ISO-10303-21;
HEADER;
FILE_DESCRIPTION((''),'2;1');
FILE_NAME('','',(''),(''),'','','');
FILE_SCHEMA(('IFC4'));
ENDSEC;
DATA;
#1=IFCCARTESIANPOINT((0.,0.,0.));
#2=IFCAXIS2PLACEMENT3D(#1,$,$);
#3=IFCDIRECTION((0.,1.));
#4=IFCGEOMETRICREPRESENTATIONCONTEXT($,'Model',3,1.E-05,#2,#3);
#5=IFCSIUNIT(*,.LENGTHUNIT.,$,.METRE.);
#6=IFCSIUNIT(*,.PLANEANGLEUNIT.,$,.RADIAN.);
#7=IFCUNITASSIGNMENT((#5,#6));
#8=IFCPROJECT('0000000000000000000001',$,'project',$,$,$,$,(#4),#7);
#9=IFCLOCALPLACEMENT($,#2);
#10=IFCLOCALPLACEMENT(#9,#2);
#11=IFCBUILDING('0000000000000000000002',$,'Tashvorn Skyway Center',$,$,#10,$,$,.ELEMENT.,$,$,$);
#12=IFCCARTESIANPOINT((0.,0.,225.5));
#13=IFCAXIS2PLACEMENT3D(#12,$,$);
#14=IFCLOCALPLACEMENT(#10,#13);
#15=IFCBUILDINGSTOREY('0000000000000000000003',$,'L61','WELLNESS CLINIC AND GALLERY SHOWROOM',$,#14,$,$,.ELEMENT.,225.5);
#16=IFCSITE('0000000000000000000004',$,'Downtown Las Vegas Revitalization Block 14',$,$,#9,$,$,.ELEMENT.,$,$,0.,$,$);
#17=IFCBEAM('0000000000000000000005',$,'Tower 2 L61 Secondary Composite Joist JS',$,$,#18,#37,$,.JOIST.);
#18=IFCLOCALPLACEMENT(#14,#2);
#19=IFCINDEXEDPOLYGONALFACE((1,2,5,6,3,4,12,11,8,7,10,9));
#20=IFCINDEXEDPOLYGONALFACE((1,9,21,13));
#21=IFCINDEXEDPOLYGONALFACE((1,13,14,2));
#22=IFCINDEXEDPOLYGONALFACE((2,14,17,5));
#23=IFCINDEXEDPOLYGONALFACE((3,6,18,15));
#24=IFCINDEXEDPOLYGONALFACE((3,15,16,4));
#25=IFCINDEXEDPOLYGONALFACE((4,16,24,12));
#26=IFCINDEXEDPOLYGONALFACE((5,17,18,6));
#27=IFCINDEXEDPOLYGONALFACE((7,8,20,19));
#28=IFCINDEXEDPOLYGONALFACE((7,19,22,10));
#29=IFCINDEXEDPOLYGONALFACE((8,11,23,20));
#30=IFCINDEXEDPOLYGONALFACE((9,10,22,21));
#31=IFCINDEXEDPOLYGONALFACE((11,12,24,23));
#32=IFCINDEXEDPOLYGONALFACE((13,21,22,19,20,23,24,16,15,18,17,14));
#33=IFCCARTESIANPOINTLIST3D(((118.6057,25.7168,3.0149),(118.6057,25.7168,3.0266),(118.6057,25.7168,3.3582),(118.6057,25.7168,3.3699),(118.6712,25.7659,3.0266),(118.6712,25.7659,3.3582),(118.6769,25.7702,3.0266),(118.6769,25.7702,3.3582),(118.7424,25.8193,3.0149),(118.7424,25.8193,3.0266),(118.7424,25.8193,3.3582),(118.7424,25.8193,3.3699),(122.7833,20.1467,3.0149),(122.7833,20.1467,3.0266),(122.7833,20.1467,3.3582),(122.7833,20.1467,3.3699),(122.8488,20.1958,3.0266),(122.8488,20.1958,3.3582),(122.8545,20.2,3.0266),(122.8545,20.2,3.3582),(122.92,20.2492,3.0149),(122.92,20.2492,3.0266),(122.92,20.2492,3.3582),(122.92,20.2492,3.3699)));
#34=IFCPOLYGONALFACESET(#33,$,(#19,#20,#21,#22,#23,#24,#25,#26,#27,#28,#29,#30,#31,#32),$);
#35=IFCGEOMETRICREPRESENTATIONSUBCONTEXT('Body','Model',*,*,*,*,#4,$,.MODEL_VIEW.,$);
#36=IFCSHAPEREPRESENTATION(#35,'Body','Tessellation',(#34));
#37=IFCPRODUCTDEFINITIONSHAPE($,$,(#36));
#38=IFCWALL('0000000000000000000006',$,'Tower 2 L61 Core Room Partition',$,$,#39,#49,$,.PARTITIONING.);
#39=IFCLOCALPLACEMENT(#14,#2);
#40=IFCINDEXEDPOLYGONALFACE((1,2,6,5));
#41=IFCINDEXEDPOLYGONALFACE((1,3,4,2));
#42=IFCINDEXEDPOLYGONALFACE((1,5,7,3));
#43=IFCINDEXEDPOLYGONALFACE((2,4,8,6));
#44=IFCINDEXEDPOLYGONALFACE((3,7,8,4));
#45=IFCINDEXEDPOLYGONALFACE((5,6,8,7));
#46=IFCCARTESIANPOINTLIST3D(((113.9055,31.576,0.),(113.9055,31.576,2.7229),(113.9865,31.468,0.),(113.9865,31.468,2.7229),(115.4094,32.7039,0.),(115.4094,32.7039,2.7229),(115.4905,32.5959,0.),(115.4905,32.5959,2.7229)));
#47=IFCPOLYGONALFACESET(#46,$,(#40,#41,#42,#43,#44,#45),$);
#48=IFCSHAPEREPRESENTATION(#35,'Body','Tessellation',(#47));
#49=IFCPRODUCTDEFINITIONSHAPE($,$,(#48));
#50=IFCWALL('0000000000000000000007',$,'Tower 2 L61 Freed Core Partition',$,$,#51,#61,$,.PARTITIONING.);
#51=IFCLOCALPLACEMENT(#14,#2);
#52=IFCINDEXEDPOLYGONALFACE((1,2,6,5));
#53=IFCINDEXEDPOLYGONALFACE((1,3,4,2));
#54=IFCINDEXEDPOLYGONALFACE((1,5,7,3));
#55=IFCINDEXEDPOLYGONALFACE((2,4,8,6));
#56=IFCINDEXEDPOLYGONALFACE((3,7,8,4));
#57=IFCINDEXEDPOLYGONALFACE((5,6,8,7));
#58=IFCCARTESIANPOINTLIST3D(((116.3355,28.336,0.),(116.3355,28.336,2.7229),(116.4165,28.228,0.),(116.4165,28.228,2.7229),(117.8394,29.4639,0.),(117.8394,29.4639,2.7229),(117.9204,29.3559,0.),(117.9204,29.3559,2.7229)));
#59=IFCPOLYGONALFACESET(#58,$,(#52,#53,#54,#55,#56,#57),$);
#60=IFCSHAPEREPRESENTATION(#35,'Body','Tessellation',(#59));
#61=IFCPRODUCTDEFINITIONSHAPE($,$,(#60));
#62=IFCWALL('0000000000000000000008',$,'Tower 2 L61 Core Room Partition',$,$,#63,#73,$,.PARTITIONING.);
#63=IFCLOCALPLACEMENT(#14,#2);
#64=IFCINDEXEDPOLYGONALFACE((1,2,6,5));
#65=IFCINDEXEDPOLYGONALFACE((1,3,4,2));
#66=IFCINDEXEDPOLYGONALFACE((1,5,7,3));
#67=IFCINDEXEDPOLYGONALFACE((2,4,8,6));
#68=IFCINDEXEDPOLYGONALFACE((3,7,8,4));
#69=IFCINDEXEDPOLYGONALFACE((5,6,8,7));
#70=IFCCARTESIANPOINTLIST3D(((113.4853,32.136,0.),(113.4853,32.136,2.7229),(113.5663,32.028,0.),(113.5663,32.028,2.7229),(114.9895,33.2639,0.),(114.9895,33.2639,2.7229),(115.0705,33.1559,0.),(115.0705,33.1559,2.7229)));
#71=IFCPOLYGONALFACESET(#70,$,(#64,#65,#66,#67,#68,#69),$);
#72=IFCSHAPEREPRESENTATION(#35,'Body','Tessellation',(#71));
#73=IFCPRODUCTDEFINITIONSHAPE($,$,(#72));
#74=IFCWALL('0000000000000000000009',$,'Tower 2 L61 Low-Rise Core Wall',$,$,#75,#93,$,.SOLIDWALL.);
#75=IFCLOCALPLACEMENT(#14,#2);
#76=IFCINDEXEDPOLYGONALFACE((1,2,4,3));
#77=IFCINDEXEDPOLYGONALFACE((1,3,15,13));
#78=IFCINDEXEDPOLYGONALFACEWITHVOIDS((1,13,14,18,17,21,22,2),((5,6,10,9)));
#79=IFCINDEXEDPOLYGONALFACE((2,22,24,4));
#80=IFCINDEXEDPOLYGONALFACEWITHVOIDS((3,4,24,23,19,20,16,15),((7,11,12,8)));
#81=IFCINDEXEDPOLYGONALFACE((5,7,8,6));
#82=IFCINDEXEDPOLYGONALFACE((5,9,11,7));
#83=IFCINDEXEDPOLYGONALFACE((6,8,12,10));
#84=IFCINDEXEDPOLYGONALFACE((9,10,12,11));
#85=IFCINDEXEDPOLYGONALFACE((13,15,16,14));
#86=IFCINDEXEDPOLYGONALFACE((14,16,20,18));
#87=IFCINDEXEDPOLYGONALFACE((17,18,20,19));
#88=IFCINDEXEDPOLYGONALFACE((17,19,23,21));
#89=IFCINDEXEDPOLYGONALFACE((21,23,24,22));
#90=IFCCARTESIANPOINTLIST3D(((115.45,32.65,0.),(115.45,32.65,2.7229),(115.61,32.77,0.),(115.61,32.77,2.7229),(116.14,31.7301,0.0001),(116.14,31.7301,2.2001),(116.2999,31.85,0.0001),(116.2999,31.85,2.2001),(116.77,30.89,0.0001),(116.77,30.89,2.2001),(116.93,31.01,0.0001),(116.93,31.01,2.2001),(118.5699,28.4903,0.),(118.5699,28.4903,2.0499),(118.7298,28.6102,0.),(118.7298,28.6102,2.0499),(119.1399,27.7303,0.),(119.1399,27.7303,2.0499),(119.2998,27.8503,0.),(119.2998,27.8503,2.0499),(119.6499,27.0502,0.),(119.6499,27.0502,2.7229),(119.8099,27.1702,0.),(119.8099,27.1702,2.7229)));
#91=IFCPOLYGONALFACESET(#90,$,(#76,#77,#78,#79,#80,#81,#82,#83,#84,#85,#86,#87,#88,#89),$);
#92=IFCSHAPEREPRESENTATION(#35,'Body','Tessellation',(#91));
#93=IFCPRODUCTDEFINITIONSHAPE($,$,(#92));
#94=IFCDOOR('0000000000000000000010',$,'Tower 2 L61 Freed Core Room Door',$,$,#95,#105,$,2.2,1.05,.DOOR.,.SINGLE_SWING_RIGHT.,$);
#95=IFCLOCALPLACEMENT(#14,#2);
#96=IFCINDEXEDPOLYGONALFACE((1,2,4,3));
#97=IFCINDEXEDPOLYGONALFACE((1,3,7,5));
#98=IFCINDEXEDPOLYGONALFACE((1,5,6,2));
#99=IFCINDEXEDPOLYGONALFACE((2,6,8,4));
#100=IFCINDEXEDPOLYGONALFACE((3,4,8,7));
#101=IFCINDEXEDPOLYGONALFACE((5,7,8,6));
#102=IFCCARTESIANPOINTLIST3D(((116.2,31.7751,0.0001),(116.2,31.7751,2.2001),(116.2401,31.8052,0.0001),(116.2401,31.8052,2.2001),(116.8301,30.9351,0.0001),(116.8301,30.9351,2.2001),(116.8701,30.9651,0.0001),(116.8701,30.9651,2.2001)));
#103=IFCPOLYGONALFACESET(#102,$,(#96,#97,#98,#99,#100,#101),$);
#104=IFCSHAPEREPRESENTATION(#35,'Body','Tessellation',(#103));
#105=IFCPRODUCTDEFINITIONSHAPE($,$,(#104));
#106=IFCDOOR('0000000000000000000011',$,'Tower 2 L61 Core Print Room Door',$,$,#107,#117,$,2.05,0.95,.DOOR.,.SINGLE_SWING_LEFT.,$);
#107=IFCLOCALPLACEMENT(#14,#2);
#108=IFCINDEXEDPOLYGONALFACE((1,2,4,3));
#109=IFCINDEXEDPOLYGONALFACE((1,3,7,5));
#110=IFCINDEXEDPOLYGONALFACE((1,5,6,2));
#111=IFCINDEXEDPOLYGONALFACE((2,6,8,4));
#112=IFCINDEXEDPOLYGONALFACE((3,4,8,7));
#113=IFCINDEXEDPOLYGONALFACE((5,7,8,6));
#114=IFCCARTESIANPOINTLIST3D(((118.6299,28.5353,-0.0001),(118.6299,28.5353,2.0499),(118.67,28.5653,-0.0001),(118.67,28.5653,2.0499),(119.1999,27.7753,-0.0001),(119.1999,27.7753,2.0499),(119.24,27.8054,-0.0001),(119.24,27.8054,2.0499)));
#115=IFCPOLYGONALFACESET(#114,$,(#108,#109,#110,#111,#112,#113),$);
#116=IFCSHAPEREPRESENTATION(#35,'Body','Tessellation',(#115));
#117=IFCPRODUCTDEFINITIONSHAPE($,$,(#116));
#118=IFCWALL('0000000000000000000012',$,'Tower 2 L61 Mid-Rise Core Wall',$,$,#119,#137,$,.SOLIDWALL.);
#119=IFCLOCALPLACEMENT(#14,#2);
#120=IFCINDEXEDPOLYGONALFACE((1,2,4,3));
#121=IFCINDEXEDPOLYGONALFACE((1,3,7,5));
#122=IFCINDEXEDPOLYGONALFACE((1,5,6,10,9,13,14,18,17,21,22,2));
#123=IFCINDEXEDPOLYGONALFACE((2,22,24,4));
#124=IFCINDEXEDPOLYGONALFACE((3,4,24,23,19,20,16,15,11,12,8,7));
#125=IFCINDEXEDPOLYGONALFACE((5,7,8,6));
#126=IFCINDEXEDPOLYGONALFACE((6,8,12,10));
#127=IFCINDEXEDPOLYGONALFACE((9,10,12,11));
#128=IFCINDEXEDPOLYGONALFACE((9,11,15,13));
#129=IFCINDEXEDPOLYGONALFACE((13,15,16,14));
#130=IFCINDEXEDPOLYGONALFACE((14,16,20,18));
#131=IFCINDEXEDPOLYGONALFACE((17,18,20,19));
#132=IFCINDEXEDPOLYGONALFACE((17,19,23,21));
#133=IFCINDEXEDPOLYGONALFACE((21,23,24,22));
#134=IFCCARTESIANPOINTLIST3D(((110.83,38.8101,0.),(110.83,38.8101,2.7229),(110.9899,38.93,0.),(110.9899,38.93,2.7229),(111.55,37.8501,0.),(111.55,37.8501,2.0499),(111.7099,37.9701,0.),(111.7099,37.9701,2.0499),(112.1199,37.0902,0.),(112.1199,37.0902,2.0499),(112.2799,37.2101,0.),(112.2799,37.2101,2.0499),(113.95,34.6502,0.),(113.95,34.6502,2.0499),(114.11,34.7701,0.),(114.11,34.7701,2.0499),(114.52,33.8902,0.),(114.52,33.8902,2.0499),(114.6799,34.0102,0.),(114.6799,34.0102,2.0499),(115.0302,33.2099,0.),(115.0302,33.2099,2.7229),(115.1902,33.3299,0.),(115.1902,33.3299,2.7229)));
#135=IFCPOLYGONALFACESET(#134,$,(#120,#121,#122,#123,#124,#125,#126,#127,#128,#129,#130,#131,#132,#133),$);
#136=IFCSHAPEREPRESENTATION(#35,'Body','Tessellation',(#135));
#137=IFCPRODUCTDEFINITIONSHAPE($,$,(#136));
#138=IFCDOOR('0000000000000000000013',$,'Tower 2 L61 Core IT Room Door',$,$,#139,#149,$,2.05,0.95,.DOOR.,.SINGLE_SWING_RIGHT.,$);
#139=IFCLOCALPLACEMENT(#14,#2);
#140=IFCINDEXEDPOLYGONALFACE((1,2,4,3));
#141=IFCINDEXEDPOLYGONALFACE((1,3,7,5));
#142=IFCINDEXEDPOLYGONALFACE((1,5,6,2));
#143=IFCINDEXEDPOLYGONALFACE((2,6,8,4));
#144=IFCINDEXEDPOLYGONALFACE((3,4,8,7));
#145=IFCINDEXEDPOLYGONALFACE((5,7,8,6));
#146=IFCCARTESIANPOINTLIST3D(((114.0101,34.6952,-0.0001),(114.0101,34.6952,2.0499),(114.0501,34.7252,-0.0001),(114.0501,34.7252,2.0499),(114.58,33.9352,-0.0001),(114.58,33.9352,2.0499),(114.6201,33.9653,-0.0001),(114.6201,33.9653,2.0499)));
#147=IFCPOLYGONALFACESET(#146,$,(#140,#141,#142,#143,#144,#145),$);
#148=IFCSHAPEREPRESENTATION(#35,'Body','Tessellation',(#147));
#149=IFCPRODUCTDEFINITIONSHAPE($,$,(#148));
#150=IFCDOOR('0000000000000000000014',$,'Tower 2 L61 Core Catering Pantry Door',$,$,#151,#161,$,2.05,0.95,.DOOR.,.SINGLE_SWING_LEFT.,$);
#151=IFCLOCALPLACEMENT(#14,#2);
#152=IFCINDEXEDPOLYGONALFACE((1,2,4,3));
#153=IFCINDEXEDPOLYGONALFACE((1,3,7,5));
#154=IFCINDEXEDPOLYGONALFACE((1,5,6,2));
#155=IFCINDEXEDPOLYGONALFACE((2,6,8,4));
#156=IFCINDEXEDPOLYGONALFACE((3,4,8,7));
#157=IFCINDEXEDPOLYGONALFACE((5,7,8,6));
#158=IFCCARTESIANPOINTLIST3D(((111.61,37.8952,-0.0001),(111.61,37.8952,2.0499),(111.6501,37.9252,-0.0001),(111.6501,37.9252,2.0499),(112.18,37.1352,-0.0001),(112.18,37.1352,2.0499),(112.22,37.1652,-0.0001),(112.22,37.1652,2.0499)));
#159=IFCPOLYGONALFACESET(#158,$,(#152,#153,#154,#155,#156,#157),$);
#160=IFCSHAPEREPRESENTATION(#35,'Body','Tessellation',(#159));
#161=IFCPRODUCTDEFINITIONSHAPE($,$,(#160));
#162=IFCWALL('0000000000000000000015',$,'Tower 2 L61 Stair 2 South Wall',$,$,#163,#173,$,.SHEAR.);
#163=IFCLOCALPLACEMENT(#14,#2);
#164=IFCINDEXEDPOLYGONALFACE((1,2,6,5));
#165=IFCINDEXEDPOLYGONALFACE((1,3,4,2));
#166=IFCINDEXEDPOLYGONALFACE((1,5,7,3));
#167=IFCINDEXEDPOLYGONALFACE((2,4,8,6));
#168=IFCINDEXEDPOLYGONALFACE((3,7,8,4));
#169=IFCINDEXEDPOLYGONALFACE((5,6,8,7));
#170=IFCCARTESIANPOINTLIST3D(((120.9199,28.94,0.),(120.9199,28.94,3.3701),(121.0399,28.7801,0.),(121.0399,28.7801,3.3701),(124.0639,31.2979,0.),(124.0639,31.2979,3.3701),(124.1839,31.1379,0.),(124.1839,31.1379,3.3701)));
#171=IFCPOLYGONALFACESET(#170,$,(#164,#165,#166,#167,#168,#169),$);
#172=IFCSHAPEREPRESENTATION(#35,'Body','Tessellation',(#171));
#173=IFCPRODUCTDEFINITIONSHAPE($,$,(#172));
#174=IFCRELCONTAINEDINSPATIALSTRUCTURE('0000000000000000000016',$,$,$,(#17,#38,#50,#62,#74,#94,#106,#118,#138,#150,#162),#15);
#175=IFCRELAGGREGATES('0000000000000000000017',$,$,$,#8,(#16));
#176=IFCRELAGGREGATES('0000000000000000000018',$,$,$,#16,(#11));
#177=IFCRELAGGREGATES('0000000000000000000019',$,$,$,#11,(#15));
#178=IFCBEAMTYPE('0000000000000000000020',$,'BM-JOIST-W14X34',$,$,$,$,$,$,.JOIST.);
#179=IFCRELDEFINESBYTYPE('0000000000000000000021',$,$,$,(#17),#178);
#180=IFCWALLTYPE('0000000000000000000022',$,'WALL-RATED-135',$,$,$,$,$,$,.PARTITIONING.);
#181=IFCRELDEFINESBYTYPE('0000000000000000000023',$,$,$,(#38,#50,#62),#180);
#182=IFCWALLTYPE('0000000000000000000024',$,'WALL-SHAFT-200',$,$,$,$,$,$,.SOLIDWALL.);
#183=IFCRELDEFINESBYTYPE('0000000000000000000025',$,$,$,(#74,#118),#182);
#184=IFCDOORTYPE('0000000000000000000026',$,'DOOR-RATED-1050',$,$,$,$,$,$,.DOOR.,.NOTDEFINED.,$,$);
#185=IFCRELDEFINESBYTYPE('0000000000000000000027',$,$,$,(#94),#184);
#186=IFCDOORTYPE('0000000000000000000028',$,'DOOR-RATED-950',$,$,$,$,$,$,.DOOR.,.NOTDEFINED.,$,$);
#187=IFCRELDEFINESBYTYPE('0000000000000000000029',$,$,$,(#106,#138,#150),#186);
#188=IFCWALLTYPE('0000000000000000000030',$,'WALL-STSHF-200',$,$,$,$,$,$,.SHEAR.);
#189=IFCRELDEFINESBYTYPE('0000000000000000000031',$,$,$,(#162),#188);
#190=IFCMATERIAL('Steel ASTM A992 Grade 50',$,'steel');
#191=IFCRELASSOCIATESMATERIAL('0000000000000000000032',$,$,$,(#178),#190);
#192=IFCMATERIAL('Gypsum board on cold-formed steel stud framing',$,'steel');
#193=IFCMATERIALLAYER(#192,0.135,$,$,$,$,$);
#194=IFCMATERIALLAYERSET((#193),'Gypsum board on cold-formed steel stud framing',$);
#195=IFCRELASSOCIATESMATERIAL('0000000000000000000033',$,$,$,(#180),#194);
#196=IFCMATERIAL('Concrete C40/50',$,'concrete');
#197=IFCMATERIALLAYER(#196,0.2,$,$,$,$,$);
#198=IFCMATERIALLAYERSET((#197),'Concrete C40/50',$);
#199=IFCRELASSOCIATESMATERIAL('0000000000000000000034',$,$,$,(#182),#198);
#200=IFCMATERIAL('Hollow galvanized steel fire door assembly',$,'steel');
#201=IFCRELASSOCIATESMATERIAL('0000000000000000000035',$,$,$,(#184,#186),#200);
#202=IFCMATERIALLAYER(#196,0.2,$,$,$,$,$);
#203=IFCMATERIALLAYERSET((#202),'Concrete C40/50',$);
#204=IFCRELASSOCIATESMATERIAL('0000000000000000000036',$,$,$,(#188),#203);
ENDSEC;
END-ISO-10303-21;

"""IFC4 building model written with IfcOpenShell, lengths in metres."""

from ifc_helpers import new_model, si_unit, direction, frame, frame_2d, origin, origin_2d, place, context, subcontext, project, spatial, rectangle, i_section, extrude, material, layer, layer_set, material_profile, profile_set, type_object, element, fill, save


model = new_model("IFC4")

# Units and contexts
model_context = context("Model", 3, precision=1e-05, world=origin(), true_north=direction((0.0, 1.0)))
body_context = subcontext(model_context, "Body", "Model", "MODEL_VIEW")
ifc_project = project(units=[si_unit("LENGTHUNIT", "METRE"), si_unit("PLANEANGLEUNIT", "RADIAN")], contexts=[model_context])

# Site, building, storey
site_placement = place(None, origin())
site = spatial("IfcSite", under=ifc_project, at=site_placement, Name="Downtown Las Vegas Revitalization Block 14", CompositionType="ELEMENT", RefElevation=0.0)
building_placement = place(site_placement, origin())
building = spatial("IfcBuilding", under=site, at=building_placement, Name="Tashvorn Skyway Center", CompositionType="ELEMENT")
storey_placement = place(building_placement, frame((0.0, 0.0, 225.5)))
storey = spatial("IfcBuildingStorey", under=building, at=storey_placement, Name="L61", Description="WELLNESS CLINIC AND GALLERY SHOWROOM", CompositionType="ELEMENT", Elevation=225.5)

# Beam
ifc_material_1 = material(Name="Steel ASTM A992 Grade 50", Category="steel")
ifc_material_profile = material_profile(ifc_material_1, i_section(OverallWidth=0.1709, OverallDepth=0.355, WebThickness=0.0071, FlangeThickness=0.0117, at=origin_2d()), Name="W14X34")
ifc_profile_set = profile_set([ifc_material_profile], Name="Steel ASTM A992 Grade 50")
beam_type = type_object("IfcBeamType", Name="BM-JOIST-W14X34", PredefinedType="JOIST", material=ifc_profile_set)
beam_placement = place(storey_placement, frame((118.6741, 25.7681, 3.1924), z_axis=(0.599994, -0.800004, 0.0), x_axis=(0.800004, 0.599994, 0.0)))
element("IfcBeam", 1, at=beam_placement, inside=storey, type_object=beam_type, Name="Tower 2 L61 Secondary Composite Joist JS", PredefinedType="JOIST", context=body_context, shape_type="SweptSolid", body=[
    extrude(i_section(OverallWidth=0.1709, OverallDepth=0.355, WebThickness=0.0071, FlangeThickness=0.0117, at=origin_2d()), origin(), (0.0, 0.0, 1.0), 6.9626),
])

# Walls
ifc_material_2 = material(Name="Gypsum board on cold-formed steel stud framing", Category="steel")
ifc_layer_1 = layer(ifc_material_2, 0.135)
ifc_layer_set_1 = layer_set([ifc_layer_1], Name="Gypsum board on cold-formed steel stud framing")
wall_type_1 = type_object("IfcWallType", Name="WALL-RATED-135", PredefinedType="PARTITIONING", material=ifc_layer_set_1)
for number, where, z_axis, x_axis, name in (
    (2, (113.946, 31.522, 0.0), (0.0, 0.0, 1.0), (0.8, 0.6, 0.0), "Tower 2 L61 Core Room Partition"),
    (3, (116.376, 28.282, 0.0), (0.0, 0.0, 1.0), (0.8, 0.6, 0.0), "Tower 2 L61 Freed Core Partition"),
):
    element("IfcWall", number, at=place(storey_placement, frame(where, z_axis=z_axis, x_axis=x_axis)), inside=storey, type_object=wall_type_1, Name=name, PredefinedType="PARTITIONING", context=body_context, shape_type="SweptSolid", body=[
        extrude(rectangle(XDim=1.8799, YDim=0.135, at=frame_2d((0.9399, 0.0))), origin(), (0.0, 0.0, 1.0), 2.7229),
    ])
wall_1_placement = place(storey_placement, frame((113.5259, 32.082, 0.0), z_axis=(0.0, 0.0, 1.0), x_axis=(0.800047, 0.599938, 0.0)))
element("IfcWall", 4, at=wall_1_placement, inside=storey, type_object=wall_type_1, Name="Tower 2 L61 Core Room Partition", PredefinedType="PARTITIONING", context=body_context, shape_type="SweptSolid", body=[
    extrude(rectangle(XDim=1.8801, YDim=0.135, at=frame_2d((0.9399, 0.0))), origin(), (0.0, 0.0, 1.0), 2.7229),
])

# Walls, openings, doors
ifc_material_3 = material(Name="Concrete C40/50", Category="concrete")
ifc_layer_2 = layer(ifc_material_3, 0.2)
ifc_layer_set_2 = layer_set([ifc_layer_2], Name="Concrete C40/50")
wall_type_2 = type_object("IfcWallType", Name="WALL-SHAFT-200", PredefinedType="SOLIDWALL", material=ifc_layer_set_2)
wall_2_placement = place(storey_placement, frame((119.73, 27.1101, 0.0), z_axis=(0.0, 0.0, 1.0), x_axis=(-0.600006, 0.799996, 0.0)))
wall_2 = element("IfcWall", 5, at=wall_2_placement, inside=storey, type_object=wall_type_2, Name="Tower 2 L61 Low-Rise Core Wall", PredefinedType="SOLIDWALL", context=body_context, shape_type="SweptSolid", body=[
    extrude(rectangle(XDim=6.9998, YDim=0.2, at=frame_2d((3.5, 0.0))), origin(), (0.0, 0.0, 1.0), 2.7229),
])
opening_1_placement = place(wall_2_placement, frame((0.8501, 0.0, 0.0)))
opening_1 = element("IfcOpeningElement", 6, at=opening_1_placement, cuts=wall_2, PredefinedType="OPENING", context=body_context, shape_type="SweptSolid", body=[
    extrude(rectangle(XDim=0.95, YDim=2.05, at=frame_2d((0.4751, 1.0249))), frame((0.0, 0.1099, 0.0), z_axis=(0.0, -1.0, 0.0), x_axis=(1.0, 0.0, 0.0)), (0.0, 0.0, 1.0), 0.22),
])
opening_2_placement = place(wall_2_placement, frame((4.8, 0.0, 0.0)))
opening_2 = element("IfcOpeningElement", 7, at=opening_2_placement, cuts=wall_2, PredefinedType="OPENING", context=body_context, shape_type="SweptSolid", body=[
    extrude(rectangle(XDim=1.05, YDim=2.2, at=frame_2d((0.5249, 1.1001))), frame((0.0, 0.1099, 0.0), z_axis=(0.0, -1.0, 0.0), x_axis=(1.0, 0.0, 0.0)), (0.0, 0.0, 1.0), 0.22),
])
ifc_material_4 = material(Name="Hollow galvanized steel fire door assembly", Category="steel")
door_type_1 = type_object("IfcDoorType", Name="DOOR-RATED-1050", OperationType="NOTDEFINED", PredefinedType="DOOR", material=ifc_material_4)
door_1_placement = place(opening_2_placement, origin())
door_1 = element("IfcDoor", 8, at=door_1_placement, inside=storey, type_object=door_type_1, Name="Tower 2 L61 Freed Core Room Door", OperationType="SINGLE_SWING_RIGHT", OverallHeight=2.2, OverallWidth=1.05, PredefinedType="DOOR", context=body_context, shape_type="SweptSolid", body=[
    extrude(rectangle(XDim=1.05, YDim=2.2, at=frame_2d((0.5249, 1.1001))), frame((0.0, 0.0249, 0.0), z_axis=(0.0, -1.0, 0.0), x_axis=(1.0, 0.0, 0.0)), (0.0, 0.0, 1.0), 0.05),
])
fill(opening_2, door_1)
door_type_2 = type_object("IfcDoorType", Name="DOOR-RATED-950", OperationType="NOTDEFINED", PredefinedType="DOOR", material=ifc_material_4)
door_2_placement = place(opening_1_placement, origin())
door_2 = element("IfcDoor", 9, at=door_2_placement, inside=storey, type_object=door_type_2, Name="Tower 2 L61 Core Print Room Door", OperationType="SINGLE_SWING_LEFT", OverallHeight=2.05, OverallWidth=0.95, PredefinedType="DOOR", context=body_context, shape_type="SweptSolid", body=[
    extrude(rectangle(XDim=0.95, YDim=2.05, at=frame_2d((0.4751, 1.0249))), frame((0.0, 0.0249, 0.0), z_axis=(0.0, -1.0, 0.0), x_axis=(1.0, 0.0, 0.0)), (0.0, 0.0, 1.0), 0.05),
])
fill(opening_1, door_2)
wall_3_placement = place(storey_placement, frame((115.1101, 33.27, 0.0), z_axis=(0.0, 0.0, 1.0), x_axis=(-0.600011, 0.799992, 0.0)))
wall_3 = element("IfcWall", 10, at=wall_3_placement, inside=storey, type_object=wall_type_2, Name="Tower 2 L61 Mid-Rise Core Wall", PredefinedType="SOLIDWALL", context=body_context, shape_type="SweptSolid", body=[
    extrude(rectangle(XDim=7.0002, YDim=0.2, at=frame_2d((3.5, 0.0))), origin(), (0.0, 0.0, 1.0), 2.7229),
])
opening_3_placement = place(wall_3_placement, frame((0.8501, 0.0, 0.0)))
opening_3 = element("IfcOpeningElement", 11, at=opening_3_placement, cuts=wall_3, PredefinedType="OPENING", context=body_context, shape_type="SweptSolid", body=[
    extrude(rectangle(XDim=0.95, YDim=2.05, at=frame_2d((0.4751, 1.0249))), frame((0.0, 0.1099, 0.0), z_axis=(0.0, -1.0, 0.0), x_axis=(1.0, 0.0, 0.0)), (0.0, 0.0, 1.0), 0.22),
])
opening_4_placement = place(wall_3_placement, frame((4.8501, 0.0, 0.0)))
opening_4 = element("IfcOpeningElement", 12, at=opening_4_placement, cuts=wall_3, PredefinedType="OPENING", context=body_context, shape_type="SweptSolid", body=[
    extrude(rectangle(XDim=0.95, YDim=2.05, at=frame_2d((0.4751, 1.0249))), frame((0.0, 0.1099, 0.0), z_axis=(0.0, -1.0, 0.0), x_axis=(1.0, 0.0, 0.0)), (0.0, 0.0, 1.0), 0.22),
])
door_3_placement = place(opening_3_placement, origin())
door_3 = element("IfcDoor", 13, at=door_3_placement, inside=storey, type_object=door_type_2, Name="Tower 2 L61 Core IT Room Door", OperationType="SINGLE_SWING_RIGHT", OverallHeight=2.05, OverallWidth=0.95, PredefinedType="DOOR", context=body_context, shape_type="SweptSolid", body=[
    extrude(rectangle(XDim=0.95, YDim=2.05, at=frame_2d((0.4751, 1.0249))), frame((0.0, 0.0249, 0.0), z_axis=(0.0, -1.0, 0.0), x_axis=(1.0, 0.0, 0.0)), (0.0, 0.0, 1.0), 0.05),
])
fill(opening_3, door_3)
door_4_placement = place(opening_4_placement, origin())
door_4 = element("IfcDoor", 14, at=door_4_placement, inside=storey, type_object=door_type_2, Name="Tower 2 L61 Core Catering Pantry Door", OperationType="SINGLE_SWING_LEFT", OverallHeight=2.05, OverallWidth=0.95, PredefinedType="DOOR", context=body_context, shape_type="SweptSolid", body=[
    extrude(rectangle(XDim=0.95, YDim=2.05, at=frame_2d((0.4751, 1.0249))), frame((0.0, 0.0249, 0.0), z_axis=(0.0, -1.0, 0.0), x_axis=(1.0, 0.0, 0.0)), (0.0, 0.0, 1.0), 0.05),
])
fill(opening_4, door_4)

# Wall
ifc_layer_3 = layer(ifc_material_3, 0.2)
ifc_layer_set_3 = layer_set([ifc_layer_3], Name="Concrete C40/50")
wall_type_3 = type_object("IfcWallType", Name="WALL-STSHF-200", PredefinedType="SHEAR", material=ifc_layer_set_3)
wall_4_placement = place(storey_placement, frame((120.98, 28.8601, 0.0), z_axis=(0.0, 0.0, 1.0), x_axis=(0.800015, 0.59998, 0.0)))
element("IfcWall", 15, at=wall_4_placement, inside=storey, type_object=wall_type_3, Name="Tower 2 L61 Stair 2 South Wall", PredefinedType="SHEAR", context=body_context, shape_type="SweptSolid", body=[
    extrude(rectangle(XDim=3.9299, YDim=0.2, at=frame_2d((1.9648, 0.0))), origin(), (0.0, 0.0, 1.0), 3.3701),
])

save(model, "model.ifc")
